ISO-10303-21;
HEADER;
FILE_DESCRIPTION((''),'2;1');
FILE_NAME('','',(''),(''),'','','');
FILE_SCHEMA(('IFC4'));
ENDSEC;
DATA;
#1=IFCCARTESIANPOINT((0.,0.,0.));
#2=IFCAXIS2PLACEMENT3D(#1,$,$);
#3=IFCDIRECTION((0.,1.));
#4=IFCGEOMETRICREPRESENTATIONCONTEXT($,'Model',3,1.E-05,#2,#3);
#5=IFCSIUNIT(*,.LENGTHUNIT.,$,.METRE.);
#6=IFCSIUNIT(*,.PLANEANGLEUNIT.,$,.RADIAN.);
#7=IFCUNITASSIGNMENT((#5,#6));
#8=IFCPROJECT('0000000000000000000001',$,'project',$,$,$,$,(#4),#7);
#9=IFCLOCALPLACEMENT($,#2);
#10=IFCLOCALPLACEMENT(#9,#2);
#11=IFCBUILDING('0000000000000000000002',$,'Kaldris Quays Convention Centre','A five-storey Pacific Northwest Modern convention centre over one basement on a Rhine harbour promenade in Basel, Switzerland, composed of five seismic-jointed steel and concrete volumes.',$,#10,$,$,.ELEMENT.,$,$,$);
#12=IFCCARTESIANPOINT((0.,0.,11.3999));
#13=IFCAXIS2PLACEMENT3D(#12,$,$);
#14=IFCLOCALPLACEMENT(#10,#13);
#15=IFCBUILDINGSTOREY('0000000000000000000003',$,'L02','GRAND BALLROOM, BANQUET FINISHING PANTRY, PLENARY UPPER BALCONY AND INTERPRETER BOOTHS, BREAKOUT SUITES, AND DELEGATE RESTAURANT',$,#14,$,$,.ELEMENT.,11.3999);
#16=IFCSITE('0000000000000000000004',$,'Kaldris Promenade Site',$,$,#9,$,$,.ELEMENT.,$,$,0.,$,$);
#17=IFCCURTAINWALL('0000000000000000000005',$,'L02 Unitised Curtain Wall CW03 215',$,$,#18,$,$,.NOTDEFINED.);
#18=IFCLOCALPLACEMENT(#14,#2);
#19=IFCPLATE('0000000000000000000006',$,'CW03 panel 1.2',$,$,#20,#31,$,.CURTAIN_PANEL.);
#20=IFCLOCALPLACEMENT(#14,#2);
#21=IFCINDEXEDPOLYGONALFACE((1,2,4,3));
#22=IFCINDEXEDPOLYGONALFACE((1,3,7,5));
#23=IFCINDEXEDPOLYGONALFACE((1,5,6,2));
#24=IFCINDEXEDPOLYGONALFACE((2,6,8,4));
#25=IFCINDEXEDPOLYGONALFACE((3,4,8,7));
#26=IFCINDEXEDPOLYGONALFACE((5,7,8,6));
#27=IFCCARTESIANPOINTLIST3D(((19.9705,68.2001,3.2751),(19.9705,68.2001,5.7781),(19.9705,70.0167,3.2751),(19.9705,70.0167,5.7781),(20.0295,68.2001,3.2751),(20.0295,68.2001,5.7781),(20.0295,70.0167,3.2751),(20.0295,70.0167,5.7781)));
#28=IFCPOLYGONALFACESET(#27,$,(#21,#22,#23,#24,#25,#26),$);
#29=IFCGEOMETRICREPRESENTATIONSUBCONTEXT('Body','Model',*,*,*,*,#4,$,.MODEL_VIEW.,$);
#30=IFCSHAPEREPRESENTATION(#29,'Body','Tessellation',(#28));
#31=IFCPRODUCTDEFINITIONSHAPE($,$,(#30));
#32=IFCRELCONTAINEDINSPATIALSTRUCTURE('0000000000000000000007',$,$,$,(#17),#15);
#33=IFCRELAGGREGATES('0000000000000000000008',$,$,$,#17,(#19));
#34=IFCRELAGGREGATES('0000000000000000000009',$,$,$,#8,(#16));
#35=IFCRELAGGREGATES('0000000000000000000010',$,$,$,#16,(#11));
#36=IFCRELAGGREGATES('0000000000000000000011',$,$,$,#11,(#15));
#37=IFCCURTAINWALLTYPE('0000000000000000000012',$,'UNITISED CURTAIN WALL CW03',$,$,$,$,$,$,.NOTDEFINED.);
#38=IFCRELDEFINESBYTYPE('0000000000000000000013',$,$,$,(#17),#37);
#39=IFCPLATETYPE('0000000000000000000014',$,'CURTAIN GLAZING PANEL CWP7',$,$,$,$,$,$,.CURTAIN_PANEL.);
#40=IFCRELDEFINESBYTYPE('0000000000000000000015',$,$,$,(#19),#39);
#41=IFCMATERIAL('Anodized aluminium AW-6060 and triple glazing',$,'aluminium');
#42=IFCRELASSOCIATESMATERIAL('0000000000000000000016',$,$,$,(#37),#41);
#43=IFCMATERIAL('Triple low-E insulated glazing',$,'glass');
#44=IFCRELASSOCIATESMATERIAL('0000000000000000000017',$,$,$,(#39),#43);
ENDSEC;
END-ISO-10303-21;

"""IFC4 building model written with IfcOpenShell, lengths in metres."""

from ifc_helpers import new_model, si_unit, direction, frame, origin, origin_2d, place, context, subcontext, project, spatial, rectangle, extrude, material, type_object, element, aggregate, save


model = new_model("IFC4")

# Units and contexts
model_context = context("Model", 3, precision=1e-05, world=origin(), true_north=direction((0.0, 1.0)))
body_context = subcontext(model_context, "Body", "Model", "MODEL_VIEW")
ifc_project = project(units=[si_unit("LENGTHUNIT", "METRE"), si_unit("PLANEANGLEUNIT", "RADIAN")], contexts=[model_context])

# Site, building, storey
site_placement = place(None, origin())
site = spatial("IfcSite", under=ifc_project, at=site_placement, Name="Kaldris Promenade Site", CompositionType="ELEMENT", RefElevation=0.0)
building_placement = place(site_placement, origin())
building = spatial("IfcBuilding", under=site, at=building_placement, Name="Kaldris Quays Convention Centre", Description="A five-storey Pacific Northwest Modern convention centre over one basement on a Rhine harbour promenade in Basel, Switzerland, composed of five seismic-jointed steel and concrete volumes.", CompositionType="ELEMENT")
storey_placement = place(building_placement, frame((0.0, 0.0, 11.3999)))
storey = spatial("IfcBuildingStorey", under=building, at=storey_placement, Name="L02", Description="GRAND BALLROOM, BANQUET FINISHING PANTRY, PLENARY UPPER BALCONY AND INTERPRETER BOOTHS, BREAKOUT SUITES, AND DELEGATE RESTAURANT", CompositionType="ELEMENT", Elevation=11.3999)

# Curtain wall
ifc_material_1 = material(Name="Anodized aluminium AW-6060 and triple glazing", Category="aluminium")
curtain_wall_type = type_object("IfcCurtainWallType", Name="UNITISED CURTAIN WALL CW03", PredefinedType="NOTDEFINED", material=ifc_material_1)
curtain_wall_1_placement = place(storey_placement, origin())
curtain_wall_1 = element("IfcCurtainWall", 1, at=curtain_wall_1_placement, inside=storey, type_object=curtain_wall_type, Name="L02 Unitised Curtain Wall CW03 215", PredefinedType="NOTDEFINED")

# Plate
ifc_material_2 = material(Name="Triple low-E insulated glazing", Category="glass")
plate_type_1 = type_object("IfcPlateType", Name="CURTAIN GLAZING PANEL CWP7", PredefinedType="CURTAIN_PANEL", material=ifc_material_2)
plate_1_placement = place(storey_placement, frame((20.0, 69.1084, 3.2751), z_axis=(0.0, 0.0, 1.0), x_axis=(0.0, 1.0, 0.0)))
plate_1 = element("IfcPlate", 2, at=plate_1_placement, type_object=plate_type_1, Name="CW03 panel 1.2", PredefinedType="CURTAIN_PANEL", context=body_context, shape_type="SweptSolid", body=[
    extrude(rectangle(XDim=1.8167, YDim=0.0591, at=origin_2d()), origin(), (0.0, 0.0, 1.0), 2.5029),
])
aggregate(curtain_wall_1, [plate_1])

save(model, "model.ifc")
